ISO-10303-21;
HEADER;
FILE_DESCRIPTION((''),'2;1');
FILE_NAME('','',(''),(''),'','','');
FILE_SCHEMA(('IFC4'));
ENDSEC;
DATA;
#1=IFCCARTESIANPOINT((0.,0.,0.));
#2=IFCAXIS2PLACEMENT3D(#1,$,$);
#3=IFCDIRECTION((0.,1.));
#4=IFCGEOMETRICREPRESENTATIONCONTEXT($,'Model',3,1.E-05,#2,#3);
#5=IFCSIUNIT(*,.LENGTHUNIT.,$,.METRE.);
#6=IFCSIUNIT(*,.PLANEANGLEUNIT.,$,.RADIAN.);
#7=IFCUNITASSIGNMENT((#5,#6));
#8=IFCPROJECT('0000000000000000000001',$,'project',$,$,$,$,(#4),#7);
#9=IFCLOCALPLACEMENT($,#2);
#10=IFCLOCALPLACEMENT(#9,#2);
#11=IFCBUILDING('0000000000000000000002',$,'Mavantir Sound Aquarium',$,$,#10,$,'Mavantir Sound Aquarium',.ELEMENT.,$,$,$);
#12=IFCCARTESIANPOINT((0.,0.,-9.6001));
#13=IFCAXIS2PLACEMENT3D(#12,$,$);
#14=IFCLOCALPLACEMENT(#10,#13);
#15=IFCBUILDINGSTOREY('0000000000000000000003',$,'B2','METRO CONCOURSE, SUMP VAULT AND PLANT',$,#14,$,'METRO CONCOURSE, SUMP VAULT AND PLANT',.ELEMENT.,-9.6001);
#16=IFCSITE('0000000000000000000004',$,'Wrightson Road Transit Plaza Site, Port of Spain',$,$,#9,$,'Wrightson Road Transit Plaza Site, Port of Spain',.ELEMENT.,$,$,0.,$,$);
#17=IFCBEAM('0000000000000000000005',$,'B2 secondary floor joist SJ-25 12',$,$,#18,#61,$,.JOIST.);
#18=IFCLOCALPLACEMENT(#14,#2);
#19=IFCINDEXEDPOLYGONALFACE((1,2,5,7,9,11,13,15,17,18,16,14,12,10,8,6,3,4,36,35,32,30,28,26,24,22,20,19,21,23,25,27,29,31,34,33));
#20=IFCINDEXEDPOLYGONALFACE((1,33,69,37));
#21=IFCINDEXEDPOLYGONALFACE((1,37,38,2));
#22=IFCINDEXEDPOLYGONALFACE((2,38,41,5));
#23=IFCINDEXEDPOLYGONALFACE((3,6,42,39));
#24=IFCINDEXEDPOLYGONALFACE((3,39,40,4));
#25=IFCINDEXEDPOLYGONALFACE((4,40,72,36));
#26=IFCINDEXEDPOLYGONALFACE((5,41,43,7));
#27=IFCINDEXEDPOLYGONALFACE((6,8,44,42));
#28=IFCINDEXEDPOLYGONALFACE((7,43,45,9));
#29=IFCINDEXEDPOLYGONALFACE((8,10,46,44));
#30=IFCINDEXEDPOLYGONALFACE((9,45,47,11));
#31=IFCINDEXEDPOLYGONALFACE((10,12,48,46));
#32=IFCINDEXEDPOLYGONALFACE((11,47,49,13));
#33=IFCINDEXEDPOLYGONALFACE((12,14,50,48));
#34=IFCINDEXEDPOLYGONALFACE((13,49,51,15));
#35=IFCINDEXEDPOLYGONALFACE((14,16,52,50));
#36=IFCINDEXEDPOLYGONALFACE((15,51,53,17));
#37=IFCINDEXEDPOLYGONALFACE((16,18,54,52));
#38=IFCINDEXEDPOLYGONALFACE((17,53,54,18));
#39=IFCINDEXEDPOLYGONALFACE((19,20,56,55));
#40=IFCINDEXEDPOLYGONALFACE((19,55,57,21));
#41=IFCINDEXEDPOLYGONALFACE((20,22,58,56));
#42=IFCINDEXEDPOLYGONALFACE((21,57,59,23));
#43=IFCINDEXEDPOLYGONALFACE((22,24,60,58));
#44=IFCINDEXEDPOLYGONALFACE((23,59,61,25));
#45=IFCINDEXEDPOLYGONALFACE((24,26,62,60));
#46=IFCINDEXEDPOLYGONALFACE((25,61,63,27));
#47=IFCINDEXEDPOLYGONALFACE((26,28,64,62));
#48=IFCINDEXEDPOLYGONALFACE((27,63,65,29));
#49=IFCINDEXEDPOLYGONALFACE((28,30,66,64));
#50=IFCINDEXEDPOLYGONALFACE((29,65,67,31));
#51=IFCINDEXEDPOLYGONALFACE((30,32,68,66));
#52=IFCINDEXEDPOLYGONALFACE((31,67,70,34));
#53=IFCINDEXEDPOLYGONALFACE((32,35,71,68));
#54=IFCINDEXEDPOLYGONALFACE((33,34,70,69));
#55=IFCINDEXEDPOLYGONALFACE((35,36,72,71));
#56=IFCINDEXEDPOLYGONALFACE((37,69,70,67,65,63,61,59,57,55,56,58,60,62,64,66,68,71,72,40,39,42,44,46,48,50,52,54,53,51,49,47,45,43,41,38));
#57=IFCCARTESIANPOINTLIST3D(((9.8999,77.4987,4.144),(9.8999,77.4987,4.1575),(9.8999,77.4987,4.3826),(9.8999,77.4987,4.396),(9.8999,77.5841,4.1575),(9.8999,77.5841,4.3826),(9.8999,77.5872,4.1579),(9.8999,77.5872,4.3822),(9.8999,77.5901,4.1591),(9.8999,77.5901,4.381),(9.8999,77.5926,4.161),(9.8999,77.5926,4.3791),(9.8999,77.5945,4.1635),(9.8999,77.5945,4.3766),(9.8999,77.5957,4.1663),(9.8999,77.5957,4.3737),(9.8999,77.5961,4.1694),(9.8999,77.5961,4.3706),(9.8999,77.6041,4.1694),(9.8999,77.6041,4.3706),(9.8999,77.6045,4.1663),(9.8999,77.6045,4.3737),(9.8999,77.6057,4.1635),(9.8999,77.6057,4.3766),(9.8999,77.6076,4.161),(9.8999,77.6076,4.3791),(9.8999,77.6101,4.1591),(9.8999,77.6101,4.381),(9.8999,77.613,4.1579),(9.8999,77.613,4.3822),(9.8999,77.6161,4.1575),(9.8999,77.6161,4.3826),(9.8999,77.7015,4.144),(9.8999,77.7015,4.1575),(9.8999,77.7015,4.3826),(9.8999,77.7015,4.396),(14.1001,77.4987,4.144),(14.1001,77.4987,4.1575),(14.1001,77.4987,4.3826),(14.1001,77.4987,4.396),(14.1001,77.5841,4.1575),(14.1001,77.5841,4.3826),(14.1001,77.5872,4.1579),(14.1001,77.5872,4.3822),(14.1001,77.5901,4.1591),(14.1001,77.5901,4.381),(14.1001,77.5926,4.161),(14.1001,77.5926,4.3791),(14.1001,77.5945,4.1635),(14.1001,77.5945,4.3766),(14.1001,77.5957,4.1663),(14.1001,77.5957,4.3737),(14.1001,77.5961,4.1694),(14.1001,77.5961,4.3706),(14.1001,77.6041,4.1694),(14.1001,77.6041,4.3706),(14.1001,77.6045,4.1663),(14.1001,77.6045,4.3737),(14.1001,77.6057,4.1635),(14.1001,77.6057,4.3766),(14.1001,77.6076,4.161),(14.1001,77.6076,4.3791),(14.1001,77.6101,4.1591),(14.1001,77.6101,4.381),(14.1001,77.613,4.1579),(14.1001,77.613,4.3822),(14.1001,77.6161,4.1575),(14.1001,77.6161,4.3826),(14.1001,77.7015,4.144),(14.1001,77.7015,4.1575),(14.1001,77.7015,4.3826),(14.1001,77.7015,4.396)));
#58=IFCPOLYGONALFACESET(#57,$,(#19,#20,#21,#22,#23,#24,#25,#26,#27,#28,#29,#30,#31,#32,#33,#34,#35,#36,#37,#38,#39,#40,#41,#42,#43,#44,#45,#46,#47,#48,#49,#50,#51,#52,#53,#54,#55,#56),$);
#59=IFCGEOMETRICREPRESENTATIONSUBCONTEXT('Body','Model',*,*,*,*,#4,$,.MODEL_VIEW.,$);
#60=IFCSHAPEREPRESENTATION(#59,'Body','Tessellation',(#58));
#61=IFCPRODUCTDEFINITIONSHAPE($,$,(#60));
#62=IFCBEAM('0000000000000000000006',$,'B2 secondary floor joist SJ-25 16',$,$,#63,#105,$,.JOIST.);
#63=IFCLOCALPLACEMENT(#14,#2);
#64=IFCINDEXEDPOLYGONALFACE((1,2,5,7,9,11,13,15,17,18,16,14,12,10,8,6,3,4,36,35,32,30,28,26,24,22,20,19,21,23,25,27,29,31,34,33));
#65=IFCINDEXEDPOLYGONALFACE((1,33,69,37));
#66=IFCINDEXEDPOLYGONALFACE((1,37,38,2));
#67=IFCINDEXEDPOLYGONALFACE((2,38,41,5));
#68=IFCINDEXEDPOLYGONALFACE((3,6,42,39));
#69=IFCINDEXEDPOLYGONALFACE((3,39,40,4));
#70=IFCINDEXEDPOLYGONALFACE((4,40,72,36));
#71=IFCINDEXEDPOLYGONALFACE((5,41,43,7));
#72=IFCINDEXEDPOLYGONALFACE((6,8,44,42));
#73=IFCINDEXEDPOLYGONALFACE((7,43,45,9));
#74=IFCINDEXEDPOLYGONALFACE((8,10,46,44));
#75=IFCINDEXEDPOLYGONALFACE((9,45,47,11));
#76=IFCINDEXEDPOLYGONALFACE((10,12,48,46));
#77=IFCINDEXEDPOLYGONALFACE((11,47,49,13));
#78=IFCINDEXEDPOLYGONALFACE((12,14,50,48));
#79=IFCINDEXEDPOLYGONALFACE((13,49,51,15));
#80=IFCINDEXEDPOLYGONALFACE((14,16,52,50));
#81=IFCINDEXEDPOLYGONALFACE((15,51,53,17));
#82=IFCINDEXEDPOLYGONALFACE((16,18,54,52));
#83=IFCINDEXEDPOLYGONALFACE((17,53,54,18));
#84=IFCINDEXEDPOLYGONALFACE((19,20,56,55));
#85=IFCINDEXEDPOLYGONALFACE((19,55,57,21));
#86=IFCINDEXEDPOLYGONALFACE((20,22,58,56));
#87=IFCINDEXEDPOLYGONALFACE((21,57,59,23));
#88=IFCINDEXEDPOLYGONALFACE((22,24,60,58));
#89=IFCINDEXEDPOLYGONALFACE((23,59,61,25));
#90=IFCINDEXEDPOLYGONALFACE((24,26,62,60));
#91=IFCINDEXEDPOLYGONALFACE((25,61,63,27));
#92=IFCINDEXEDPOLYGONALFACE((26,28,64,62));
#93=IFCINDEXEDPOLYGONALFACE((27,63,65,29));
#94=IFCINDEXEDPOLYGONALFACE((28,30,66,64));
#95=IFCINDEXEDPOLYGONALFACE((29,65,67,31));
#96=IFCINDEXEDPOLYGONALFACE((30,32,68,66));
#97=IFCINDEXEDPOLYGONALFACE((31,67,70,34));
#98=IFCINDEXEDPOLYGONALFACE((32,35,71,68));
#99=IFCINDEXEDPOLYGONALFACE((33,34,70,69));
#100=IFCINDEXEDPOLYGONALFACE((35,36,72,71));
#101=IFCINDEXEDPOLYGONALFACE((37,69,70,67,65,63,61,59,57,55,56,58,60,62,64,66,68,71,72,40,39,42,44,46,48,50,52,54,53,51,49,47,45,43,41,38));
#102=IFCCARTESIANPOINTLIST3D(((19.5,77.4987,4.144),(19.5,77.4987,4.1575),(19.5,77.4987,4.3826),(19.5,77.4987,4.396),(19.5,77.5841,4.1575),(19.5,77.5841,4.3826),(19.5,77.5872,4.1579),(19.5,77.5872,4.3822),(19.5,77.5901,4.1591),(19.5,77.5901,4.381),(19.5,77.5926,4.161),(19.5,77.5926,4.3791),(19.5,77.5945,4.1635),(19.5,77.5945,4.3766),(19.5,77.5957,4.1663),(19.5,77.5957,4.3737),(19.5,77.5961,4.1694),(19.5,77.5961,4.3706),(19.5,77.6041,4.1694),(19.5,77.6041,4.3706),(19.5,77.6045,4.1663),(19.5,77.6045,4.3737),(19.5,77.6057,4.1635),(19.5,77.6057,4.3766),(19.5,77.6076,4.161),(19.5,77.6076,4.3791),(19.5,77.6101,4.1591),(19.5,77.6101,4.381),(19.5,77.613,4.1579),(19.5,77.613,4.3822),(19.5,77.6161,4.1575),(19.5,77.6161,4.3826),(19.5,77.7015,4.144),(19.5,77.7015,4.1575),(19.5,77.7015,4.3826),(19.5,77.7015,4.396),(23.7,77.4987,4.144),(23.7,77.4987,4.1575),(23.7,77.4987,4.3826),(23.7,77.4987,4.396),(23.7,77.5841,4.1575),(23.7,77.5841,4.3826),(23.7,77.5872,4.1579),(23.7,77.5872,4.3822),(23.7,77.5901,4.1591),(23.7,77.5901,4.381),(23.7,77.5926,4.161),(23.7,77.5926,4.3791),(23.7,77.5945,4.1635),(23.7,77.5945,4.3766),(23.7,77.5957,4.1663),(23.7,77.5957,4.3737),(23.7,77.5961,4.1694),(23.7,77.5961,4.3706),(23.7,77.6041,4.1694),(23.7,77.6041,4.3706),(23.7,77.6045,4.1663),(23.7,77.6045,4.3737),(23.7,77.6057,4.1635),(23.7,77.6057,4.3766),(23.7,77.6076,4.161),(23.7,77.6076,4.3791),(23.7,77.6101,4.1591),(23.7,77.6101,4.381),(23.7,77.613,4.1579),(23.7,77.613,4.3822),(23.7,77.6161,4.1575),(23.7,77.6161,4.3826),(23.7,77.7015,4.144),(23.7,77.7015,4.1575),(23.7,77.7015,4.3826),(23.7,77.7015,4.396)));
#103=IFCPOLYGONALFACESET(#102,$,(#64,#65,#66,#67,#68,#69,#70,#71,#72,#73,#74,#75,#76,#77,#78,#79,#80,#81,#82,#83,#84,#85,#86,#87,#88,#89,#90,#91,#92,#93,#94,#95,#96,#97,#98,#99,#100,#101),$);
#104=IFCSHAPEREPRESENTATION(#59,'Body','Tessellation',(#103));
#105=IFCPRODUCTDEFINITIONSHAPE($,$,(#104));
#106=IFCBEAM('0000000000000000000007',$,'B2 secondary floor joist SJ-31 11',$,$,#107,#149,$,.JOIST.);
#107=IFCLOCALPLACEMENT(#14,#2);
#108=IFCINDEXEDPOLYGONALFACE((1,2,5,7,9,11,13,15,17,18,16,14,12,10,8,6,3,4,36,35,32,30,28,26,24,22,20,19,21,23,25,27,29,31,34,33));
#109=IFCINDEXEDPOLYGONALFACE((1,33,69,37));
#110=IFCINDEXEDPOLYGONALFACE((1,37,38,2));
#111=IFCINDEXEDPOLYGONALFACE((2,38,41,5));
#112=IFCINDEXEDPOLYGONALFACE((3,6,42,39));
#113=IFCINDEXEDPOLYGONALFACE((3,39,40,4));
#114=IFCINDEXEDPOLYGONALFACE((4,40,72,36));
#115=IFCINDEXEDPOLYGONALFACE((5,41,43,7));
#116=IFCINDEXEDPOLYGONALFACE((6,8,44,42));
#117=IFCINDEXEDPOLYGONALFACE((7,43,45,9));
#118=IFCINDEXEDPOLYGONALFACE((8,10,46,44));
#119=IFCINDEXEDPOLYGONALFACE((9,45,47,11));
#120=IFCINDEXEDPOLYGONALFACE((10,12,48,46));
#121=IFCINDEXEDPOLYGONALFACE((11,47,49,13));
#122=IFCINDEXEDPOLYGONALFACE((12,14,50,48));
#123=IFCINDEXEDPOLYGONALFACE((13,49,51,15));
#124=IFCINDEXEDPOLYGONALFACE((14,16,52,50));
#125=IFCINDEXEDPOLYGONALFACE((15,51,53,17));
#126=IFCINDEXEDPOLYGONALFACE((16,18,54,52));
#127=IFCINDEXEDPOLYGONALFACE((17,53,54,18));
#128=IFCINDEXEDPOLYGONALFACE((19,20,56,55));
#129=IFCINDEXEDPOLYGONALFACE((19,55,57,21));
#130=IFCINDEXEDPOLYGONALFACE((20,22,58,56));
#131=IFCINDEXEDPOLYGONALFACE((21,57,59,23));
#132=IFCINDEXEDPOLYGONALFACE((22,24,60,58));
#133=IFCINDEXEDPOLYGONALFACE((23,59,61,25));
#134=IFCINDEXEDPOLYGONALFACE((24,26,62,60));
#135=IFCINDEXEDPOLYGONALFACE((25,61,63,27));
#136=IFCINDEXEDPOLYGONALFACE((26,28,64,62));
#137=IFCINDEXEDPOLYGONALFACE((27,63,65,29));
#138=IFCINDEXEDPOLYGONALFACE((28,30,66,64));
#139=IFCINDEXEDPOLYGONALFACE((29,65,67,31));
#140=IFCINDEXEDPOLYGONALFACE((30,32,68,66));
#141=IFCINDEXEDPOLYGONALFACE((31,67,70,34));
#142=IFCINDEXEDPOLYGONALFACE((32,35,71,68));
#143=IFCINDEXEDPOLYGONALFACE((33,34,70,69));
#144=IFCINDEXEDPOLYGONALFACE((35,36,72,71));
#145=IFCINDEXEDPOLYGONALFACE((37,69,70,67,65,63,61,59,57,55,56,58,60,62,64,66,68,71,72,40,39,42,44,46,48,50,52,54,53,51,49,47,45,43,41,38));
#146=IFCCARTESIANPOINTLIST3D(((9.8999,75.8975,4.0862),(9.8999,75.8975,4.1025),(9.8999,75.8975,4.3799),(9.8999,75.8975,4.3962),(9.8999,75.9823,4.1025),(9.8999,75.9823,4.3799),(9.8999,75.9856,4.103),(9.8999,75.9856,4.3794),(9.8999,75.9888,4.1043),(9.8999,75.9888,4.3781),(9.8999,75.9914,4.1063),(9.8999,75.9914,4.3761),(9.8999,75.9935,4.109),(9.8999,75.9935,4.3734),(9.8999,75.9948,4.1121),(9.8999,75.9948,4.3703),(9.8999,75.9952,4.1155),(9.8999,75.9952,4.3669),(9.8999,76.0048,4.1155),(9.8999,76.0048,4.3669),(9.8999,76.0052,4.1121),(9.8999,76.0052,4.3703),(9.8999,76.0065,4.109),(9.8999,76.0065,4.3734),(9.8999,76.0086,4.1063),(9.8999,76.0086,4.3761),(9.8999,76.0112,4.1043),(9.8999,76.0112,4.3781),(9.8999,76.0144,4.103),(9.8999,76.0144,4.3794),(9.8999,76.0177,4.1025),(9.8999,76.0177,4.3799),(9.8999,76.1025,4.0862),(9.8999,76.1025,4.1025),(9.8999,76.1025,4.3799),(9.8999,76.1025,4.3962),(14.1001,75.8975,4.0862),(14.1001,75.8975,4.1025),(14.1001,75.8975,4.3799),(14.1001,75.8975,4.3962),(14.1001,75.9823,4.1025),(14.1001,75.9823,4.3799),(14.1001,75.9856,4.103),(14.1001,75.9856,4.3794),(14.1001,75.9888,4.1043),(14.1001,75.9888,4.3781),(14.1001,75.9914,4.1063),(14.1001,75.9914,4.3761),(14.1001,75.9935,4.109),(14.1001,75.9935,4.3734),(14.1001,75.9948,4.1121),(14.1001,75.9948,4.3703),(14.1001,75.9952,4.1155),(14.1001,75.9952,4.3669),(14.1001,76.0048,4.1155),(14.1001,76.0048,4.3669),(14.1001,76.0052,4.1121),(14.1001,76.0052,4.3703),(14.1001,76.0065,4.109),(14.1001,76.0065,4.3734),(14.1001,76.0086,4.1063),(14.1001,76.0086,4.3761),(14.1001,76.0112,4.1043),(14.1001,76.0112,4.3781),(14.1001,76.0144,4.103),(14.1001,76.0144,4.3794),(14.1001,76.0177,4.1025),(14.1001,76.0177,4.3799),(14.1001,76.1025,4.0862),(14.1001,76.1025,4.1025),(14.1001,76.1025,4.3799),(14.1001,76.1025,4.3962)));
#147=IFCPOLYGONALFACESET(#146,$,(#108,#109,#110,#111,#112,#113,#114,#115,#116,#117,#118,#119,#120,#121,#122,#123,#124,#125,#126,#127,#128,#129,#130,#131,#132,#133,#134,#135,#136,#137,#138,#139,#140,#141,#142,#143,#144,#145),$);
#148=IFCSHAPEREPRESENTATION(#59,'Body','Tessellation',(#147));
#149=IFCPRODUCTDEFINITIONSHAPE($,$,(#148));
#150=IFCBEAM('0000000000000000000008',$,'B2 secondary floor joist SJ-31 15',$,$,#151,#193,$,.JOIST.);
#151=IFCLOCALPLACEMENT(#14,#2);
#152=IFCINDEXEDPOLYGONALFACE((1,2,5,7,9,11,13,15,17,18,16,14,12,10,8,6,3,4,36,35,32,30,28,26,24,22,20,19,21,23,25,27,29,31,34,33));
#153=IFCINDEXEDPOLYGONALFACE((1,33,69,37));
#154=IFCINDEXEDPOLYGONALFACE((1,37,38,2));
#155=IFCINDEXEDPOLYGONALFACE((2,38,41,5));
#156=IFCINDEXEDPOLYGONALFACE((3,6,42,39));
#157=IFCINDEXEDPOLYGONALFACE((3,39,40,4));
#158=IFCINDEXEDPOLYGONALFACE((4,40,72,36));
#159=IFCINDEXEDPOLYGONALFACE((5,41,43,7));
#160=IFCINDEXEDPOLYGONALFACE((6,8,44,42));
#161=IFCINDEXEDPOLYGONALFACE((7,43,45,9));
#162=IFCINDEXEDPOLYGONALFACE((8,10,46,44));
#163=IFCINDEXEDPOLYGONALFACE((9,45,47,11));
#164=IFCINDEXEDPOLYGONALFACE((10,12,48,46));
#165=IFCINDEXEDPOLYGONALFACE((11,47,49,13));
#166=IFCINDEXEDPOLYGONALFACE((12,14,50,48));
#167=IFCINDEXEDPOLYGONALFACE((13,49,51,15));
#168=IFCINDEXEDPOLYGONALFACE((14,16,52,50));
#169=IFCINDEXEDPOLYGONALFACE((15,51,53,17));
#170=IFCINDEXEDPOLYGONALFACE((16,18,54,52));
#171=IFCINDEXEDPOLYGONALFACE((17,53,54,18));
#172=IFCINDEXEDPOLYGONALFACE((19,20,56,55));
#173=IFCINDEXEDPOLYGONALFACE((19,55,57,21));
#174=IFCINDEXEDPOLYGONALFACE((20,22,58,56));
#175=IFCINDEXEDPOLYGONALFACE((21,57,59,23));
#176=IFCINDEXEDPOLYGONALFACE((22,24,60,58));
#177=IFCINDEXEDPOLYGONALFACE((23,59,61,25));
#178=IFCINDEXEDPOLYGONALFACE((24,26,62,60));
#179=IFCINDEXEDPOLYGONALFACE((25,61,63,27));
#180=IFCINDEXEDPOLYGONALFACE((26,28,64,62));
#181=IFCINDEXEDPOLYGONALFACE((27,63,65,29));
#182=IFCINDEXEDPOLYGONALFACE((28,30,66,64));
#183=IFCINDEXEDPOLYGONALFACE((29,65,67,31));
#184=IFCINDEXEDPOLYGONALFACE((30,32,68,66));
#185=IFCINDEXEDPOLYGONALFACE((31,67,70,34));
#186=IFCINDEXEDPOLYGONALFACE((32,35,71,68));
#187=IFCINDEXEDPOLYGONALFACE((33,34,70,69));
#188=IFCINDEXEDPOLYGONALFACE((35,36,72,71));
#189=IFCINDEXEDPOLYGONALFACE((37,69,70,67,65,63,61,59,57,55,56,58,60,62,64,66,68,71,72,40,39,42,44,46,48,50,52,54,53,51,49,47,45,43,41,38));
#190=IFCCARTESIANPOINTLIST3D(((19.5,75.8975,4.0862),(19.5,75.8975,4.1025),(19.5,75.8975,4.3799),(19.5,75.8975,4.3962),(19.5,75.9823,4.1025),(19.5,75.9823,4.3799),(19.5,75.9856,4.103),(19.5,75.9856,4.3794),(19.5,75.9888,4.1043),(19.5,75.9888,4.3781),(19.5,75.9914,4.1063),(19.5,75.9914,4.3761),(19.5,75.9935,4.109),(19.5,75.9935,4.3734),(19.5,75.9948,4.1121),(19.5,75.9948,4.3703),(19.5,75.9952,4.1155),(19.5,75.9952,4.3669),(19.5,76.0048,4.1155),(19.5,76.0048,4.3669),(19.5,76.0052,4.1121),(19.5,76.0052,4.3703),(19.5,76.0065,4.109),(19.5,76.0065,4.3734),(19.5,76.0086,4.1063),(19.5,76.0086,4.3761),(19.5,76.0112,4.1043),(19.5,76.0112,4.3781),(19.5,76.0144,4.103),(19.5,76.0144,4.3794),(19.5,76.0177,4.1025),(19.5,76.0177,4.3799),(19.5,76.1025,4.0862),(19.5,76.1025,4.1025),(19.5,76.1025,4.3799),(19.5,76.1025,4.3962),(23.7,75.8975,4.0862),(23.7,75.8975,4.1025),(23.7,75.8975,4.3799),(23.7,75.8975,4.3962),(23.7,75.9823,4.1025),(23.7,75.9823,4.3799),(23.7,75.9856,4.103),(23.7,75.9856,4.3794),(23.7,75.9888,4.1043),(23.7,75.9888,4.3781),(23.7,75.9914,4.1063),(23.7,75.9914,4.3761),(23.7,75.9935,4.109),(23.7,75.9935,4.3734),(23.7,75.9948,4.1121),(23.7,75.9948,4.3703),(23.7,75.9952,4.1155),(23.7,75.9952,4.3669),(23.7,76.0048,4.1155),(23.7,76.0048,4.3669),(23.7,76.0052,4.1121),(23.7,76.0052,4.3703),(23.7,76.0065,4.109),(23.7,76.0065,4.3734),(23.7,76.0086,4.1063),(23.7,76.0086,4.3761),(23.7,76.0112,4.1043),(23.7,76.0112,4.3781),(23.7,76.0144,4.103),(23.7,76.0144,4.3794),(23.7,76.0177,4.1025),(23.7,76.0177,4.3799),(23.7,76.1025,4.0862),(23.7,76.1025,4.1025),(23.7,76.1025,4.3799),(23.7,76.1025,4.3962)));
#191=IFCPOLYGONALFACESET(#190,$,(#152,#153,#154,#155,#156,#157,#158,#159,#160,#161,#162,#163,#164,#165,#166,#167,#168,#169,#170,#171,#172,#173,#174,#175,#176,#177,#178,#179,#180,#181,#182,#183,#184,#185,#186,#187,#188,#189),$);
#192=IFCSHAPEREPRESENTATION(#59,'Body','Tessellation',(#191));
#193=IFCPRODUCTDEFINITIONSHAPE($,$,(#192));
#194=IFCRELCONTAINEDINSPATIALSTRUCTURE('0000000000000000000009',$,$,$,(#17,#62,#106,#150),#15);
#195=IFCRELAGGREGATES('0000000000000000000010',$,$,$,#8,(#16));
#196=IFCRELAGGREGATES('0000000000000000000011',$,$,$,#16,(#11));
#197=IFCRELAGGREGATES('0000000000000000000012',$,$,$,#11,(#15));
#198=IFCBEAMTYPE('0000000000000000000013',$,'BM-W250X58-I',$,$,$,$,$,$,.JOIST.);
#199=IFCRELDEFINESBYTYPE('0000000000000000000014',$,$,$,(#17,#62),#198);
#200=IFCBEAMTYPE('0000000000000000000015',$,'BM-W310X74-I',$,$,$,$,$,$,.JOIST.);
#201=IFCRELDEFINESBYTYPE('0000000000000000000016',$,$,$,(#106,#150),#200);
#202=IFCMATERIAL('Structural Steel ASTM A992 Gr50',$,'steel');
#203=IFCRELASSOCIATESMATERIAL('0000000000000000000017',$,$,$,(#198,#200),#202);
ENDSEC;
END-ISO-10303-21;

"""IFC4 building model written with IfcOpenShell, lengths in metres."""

from ifc_helpers import new_model, si_unit, direction, frame, origin, origin_2d, place, context, subcontext, project, spatial, i_section, extrude, material, material_profile, profile_set, type_object, element, save


model = new_model("IFC4")

# Units and contexts
model_context = context("Model", 3, precision=1e-05, world=origin(), true_north=direction((0.0, 1.0)))
body_context = subcontext(model_context, "Body", "Model", "MODEL_VIEW")
ifc_project = project(units=[si_unit("LENGTHUNIT", "METRE"), si_unit("PLANEANGLEUNIT", "RADIAN")], contexts=[model_context])

# Site, building, storey
site_placement = place(None, origin())
site = spatial("IfcSite", under=ifc_project, at=site_placement, Name="Wrightson Road Transit Plaza Site, Port of Spain", LongName="Wrightson Road Transit Plaza Site, Port of Spain", CompositionType="ELEMENT", RefElevation=0.0)
building_placement = place(site_placement, origin())
building = spatial("IfcBuilding", under=site, at=building_placement, Name="Mavantir Sound Aquarium", LongName="Mavantir Sound Aquarium", CompositionType="ELEMENT")
storey_placement = place(building_placement, frame((0.0, 0.0, -9.6001)))
storey = spatial("IfcBuildingStorey", under=building, at=storey_placement, Name="B2", Description="METRO CONCOURSE, SUMP VAULT AND PLANT", LongName="METRO CONCOURSE, SUMP VAULT AND PLANT", CompositionType="ELEMENT", Elevation=-9.6001)

# Beams
ifc_material_1 = material(Name="Structural Steel ASTM A992 Gr50", Category="steel")
ifc_material_profile_1 = material_profile(ifc_material_1, i_section(OverallWidth=0.2029, OverallDepth=0.252, WebThickness=0.0081, FlangeThickness=0.0134, FilletRadius=0.012, at=origin_2d()), Name="W250X58")
ifc_profile_set_1 = profile_set([ifc_material_profile_1], Name="Structural Steel ASTM A992 Gr50")
beam_type_1 = type_object("IfcBeamType", Name="BM-W250X58-I", PredefinedType="JOIST", material=ifc_profile_set_1)
beam_1_placement = place(storey_placement, frame((9.8999, 77.6001, 4.27), z_axis=(1.0, 0.0, 0.0), x_axis=(0.0, 1.0, 0.0)))
element("IfcBeam", 1, at=beam_1_placement, inside=storey, type_object=beam_type_1, Name="B2 secondary floor joist SJ-25 12", PredefinedType="JOIST", context=body_context, shape_type="SweptSolid", body=[
    extrude(i_section(OverallWidth=0.2029, OverallDepth=0.252, WebThickness=0.0081, FlangeThickness=0.0134, FilletRadius=0.012, at=origin_2d()), origin(), (0.0, 0.0, 1.0), 4.2002),
])
beam_2_placement = place(storey_placement, frame((19.5, 77.6001, 4.27), z_axis=(1.0, 0.0, 0.0), x_axis=(0.0, 1.0, 0.0)))
element("IfcBeam", 2, at=beam_2_placement, inside=storey, type_object=beam_type_1, Name="B2 secondary floor joist SJ-25 16", PredefinedType="JOIST", context=body_context, shape_type="SweptSolid", body=[
    extrude(i_section(OverallWidth=0.2029, OverallDepth=0.252, WebThickness=0.0081, FlangeThickness=0.0134, FilletRadius=0.012, at=origin_2d()), origin(), (0.0, 0.0, 1.0), 4.2),
])
ifc_material_profile_2 = material_profile(ifc_material_1, i_section(OverallWidth=0.2051, OverallDepth=0.3101, WebThickness=0.0095, FlangeThickness=0.0164, FilletRadius=0.0129, at=origin_2d()), Name="W310X74")
ifc_profile_set_2 = profile_set([ifc_material_profile_2], Name="Structural Steel ASTM A992 Gr50")
beam_type_2 = type_object("IfcBeamType", Name="BM-W310X74-I", PredefinedType="JOIST", material=ifc_profile_set_2)
beam_3_placement = place(storey_placement, frame((9.8999, 76.0, 4.2412), z_axis=(1.0, 0.0, 0.0), x_axis=(0.0, 1.0, 0.0)))
element("IfcBeam", 3, at=beam_3_placement, inside=storey, type_object=beam_type_2, Name="B2 secondary floor joist SJ-31 11", PredefinedType="JOIST", context=body_context, shape_type="SweptSolid", body=[
    extrude(i_section(OverallWidth=0.2051, OverallDepth=0.3101, WebThickness=0.0095, FlangeThickness=0.0164, FilletRadius=0.0129, at=origin_2d()), origin(), (0.0, 0.0, 1.0), 4.2002),
])
beam_4_placement = place(storey_placement, frame((19.5, 76.0, 4.2412), z_axis=(1.0, 0.0, 0.0), x_axis=(0.0, 1.0, 0.0)))
element("IfcBeam", 4, at=beam_4_placement, inside=storey, type_object=beam_type_2, Name="B2 secondary floor joist SJ-31 15", PredefinedType="JOIST", context=body_context, shape_type="SweptSolid", body=[
    extrude(i_section(OverallWidth=0.2051, OverallDepth=0.3101, WebThickness=0.0095, FlangeThickness=0.0164, FilletRadius=0.0129, at=origin_2d()), origin(), (0.0, 0.0, 1.0), 4.2),
])

save(model, "model.ifc")
